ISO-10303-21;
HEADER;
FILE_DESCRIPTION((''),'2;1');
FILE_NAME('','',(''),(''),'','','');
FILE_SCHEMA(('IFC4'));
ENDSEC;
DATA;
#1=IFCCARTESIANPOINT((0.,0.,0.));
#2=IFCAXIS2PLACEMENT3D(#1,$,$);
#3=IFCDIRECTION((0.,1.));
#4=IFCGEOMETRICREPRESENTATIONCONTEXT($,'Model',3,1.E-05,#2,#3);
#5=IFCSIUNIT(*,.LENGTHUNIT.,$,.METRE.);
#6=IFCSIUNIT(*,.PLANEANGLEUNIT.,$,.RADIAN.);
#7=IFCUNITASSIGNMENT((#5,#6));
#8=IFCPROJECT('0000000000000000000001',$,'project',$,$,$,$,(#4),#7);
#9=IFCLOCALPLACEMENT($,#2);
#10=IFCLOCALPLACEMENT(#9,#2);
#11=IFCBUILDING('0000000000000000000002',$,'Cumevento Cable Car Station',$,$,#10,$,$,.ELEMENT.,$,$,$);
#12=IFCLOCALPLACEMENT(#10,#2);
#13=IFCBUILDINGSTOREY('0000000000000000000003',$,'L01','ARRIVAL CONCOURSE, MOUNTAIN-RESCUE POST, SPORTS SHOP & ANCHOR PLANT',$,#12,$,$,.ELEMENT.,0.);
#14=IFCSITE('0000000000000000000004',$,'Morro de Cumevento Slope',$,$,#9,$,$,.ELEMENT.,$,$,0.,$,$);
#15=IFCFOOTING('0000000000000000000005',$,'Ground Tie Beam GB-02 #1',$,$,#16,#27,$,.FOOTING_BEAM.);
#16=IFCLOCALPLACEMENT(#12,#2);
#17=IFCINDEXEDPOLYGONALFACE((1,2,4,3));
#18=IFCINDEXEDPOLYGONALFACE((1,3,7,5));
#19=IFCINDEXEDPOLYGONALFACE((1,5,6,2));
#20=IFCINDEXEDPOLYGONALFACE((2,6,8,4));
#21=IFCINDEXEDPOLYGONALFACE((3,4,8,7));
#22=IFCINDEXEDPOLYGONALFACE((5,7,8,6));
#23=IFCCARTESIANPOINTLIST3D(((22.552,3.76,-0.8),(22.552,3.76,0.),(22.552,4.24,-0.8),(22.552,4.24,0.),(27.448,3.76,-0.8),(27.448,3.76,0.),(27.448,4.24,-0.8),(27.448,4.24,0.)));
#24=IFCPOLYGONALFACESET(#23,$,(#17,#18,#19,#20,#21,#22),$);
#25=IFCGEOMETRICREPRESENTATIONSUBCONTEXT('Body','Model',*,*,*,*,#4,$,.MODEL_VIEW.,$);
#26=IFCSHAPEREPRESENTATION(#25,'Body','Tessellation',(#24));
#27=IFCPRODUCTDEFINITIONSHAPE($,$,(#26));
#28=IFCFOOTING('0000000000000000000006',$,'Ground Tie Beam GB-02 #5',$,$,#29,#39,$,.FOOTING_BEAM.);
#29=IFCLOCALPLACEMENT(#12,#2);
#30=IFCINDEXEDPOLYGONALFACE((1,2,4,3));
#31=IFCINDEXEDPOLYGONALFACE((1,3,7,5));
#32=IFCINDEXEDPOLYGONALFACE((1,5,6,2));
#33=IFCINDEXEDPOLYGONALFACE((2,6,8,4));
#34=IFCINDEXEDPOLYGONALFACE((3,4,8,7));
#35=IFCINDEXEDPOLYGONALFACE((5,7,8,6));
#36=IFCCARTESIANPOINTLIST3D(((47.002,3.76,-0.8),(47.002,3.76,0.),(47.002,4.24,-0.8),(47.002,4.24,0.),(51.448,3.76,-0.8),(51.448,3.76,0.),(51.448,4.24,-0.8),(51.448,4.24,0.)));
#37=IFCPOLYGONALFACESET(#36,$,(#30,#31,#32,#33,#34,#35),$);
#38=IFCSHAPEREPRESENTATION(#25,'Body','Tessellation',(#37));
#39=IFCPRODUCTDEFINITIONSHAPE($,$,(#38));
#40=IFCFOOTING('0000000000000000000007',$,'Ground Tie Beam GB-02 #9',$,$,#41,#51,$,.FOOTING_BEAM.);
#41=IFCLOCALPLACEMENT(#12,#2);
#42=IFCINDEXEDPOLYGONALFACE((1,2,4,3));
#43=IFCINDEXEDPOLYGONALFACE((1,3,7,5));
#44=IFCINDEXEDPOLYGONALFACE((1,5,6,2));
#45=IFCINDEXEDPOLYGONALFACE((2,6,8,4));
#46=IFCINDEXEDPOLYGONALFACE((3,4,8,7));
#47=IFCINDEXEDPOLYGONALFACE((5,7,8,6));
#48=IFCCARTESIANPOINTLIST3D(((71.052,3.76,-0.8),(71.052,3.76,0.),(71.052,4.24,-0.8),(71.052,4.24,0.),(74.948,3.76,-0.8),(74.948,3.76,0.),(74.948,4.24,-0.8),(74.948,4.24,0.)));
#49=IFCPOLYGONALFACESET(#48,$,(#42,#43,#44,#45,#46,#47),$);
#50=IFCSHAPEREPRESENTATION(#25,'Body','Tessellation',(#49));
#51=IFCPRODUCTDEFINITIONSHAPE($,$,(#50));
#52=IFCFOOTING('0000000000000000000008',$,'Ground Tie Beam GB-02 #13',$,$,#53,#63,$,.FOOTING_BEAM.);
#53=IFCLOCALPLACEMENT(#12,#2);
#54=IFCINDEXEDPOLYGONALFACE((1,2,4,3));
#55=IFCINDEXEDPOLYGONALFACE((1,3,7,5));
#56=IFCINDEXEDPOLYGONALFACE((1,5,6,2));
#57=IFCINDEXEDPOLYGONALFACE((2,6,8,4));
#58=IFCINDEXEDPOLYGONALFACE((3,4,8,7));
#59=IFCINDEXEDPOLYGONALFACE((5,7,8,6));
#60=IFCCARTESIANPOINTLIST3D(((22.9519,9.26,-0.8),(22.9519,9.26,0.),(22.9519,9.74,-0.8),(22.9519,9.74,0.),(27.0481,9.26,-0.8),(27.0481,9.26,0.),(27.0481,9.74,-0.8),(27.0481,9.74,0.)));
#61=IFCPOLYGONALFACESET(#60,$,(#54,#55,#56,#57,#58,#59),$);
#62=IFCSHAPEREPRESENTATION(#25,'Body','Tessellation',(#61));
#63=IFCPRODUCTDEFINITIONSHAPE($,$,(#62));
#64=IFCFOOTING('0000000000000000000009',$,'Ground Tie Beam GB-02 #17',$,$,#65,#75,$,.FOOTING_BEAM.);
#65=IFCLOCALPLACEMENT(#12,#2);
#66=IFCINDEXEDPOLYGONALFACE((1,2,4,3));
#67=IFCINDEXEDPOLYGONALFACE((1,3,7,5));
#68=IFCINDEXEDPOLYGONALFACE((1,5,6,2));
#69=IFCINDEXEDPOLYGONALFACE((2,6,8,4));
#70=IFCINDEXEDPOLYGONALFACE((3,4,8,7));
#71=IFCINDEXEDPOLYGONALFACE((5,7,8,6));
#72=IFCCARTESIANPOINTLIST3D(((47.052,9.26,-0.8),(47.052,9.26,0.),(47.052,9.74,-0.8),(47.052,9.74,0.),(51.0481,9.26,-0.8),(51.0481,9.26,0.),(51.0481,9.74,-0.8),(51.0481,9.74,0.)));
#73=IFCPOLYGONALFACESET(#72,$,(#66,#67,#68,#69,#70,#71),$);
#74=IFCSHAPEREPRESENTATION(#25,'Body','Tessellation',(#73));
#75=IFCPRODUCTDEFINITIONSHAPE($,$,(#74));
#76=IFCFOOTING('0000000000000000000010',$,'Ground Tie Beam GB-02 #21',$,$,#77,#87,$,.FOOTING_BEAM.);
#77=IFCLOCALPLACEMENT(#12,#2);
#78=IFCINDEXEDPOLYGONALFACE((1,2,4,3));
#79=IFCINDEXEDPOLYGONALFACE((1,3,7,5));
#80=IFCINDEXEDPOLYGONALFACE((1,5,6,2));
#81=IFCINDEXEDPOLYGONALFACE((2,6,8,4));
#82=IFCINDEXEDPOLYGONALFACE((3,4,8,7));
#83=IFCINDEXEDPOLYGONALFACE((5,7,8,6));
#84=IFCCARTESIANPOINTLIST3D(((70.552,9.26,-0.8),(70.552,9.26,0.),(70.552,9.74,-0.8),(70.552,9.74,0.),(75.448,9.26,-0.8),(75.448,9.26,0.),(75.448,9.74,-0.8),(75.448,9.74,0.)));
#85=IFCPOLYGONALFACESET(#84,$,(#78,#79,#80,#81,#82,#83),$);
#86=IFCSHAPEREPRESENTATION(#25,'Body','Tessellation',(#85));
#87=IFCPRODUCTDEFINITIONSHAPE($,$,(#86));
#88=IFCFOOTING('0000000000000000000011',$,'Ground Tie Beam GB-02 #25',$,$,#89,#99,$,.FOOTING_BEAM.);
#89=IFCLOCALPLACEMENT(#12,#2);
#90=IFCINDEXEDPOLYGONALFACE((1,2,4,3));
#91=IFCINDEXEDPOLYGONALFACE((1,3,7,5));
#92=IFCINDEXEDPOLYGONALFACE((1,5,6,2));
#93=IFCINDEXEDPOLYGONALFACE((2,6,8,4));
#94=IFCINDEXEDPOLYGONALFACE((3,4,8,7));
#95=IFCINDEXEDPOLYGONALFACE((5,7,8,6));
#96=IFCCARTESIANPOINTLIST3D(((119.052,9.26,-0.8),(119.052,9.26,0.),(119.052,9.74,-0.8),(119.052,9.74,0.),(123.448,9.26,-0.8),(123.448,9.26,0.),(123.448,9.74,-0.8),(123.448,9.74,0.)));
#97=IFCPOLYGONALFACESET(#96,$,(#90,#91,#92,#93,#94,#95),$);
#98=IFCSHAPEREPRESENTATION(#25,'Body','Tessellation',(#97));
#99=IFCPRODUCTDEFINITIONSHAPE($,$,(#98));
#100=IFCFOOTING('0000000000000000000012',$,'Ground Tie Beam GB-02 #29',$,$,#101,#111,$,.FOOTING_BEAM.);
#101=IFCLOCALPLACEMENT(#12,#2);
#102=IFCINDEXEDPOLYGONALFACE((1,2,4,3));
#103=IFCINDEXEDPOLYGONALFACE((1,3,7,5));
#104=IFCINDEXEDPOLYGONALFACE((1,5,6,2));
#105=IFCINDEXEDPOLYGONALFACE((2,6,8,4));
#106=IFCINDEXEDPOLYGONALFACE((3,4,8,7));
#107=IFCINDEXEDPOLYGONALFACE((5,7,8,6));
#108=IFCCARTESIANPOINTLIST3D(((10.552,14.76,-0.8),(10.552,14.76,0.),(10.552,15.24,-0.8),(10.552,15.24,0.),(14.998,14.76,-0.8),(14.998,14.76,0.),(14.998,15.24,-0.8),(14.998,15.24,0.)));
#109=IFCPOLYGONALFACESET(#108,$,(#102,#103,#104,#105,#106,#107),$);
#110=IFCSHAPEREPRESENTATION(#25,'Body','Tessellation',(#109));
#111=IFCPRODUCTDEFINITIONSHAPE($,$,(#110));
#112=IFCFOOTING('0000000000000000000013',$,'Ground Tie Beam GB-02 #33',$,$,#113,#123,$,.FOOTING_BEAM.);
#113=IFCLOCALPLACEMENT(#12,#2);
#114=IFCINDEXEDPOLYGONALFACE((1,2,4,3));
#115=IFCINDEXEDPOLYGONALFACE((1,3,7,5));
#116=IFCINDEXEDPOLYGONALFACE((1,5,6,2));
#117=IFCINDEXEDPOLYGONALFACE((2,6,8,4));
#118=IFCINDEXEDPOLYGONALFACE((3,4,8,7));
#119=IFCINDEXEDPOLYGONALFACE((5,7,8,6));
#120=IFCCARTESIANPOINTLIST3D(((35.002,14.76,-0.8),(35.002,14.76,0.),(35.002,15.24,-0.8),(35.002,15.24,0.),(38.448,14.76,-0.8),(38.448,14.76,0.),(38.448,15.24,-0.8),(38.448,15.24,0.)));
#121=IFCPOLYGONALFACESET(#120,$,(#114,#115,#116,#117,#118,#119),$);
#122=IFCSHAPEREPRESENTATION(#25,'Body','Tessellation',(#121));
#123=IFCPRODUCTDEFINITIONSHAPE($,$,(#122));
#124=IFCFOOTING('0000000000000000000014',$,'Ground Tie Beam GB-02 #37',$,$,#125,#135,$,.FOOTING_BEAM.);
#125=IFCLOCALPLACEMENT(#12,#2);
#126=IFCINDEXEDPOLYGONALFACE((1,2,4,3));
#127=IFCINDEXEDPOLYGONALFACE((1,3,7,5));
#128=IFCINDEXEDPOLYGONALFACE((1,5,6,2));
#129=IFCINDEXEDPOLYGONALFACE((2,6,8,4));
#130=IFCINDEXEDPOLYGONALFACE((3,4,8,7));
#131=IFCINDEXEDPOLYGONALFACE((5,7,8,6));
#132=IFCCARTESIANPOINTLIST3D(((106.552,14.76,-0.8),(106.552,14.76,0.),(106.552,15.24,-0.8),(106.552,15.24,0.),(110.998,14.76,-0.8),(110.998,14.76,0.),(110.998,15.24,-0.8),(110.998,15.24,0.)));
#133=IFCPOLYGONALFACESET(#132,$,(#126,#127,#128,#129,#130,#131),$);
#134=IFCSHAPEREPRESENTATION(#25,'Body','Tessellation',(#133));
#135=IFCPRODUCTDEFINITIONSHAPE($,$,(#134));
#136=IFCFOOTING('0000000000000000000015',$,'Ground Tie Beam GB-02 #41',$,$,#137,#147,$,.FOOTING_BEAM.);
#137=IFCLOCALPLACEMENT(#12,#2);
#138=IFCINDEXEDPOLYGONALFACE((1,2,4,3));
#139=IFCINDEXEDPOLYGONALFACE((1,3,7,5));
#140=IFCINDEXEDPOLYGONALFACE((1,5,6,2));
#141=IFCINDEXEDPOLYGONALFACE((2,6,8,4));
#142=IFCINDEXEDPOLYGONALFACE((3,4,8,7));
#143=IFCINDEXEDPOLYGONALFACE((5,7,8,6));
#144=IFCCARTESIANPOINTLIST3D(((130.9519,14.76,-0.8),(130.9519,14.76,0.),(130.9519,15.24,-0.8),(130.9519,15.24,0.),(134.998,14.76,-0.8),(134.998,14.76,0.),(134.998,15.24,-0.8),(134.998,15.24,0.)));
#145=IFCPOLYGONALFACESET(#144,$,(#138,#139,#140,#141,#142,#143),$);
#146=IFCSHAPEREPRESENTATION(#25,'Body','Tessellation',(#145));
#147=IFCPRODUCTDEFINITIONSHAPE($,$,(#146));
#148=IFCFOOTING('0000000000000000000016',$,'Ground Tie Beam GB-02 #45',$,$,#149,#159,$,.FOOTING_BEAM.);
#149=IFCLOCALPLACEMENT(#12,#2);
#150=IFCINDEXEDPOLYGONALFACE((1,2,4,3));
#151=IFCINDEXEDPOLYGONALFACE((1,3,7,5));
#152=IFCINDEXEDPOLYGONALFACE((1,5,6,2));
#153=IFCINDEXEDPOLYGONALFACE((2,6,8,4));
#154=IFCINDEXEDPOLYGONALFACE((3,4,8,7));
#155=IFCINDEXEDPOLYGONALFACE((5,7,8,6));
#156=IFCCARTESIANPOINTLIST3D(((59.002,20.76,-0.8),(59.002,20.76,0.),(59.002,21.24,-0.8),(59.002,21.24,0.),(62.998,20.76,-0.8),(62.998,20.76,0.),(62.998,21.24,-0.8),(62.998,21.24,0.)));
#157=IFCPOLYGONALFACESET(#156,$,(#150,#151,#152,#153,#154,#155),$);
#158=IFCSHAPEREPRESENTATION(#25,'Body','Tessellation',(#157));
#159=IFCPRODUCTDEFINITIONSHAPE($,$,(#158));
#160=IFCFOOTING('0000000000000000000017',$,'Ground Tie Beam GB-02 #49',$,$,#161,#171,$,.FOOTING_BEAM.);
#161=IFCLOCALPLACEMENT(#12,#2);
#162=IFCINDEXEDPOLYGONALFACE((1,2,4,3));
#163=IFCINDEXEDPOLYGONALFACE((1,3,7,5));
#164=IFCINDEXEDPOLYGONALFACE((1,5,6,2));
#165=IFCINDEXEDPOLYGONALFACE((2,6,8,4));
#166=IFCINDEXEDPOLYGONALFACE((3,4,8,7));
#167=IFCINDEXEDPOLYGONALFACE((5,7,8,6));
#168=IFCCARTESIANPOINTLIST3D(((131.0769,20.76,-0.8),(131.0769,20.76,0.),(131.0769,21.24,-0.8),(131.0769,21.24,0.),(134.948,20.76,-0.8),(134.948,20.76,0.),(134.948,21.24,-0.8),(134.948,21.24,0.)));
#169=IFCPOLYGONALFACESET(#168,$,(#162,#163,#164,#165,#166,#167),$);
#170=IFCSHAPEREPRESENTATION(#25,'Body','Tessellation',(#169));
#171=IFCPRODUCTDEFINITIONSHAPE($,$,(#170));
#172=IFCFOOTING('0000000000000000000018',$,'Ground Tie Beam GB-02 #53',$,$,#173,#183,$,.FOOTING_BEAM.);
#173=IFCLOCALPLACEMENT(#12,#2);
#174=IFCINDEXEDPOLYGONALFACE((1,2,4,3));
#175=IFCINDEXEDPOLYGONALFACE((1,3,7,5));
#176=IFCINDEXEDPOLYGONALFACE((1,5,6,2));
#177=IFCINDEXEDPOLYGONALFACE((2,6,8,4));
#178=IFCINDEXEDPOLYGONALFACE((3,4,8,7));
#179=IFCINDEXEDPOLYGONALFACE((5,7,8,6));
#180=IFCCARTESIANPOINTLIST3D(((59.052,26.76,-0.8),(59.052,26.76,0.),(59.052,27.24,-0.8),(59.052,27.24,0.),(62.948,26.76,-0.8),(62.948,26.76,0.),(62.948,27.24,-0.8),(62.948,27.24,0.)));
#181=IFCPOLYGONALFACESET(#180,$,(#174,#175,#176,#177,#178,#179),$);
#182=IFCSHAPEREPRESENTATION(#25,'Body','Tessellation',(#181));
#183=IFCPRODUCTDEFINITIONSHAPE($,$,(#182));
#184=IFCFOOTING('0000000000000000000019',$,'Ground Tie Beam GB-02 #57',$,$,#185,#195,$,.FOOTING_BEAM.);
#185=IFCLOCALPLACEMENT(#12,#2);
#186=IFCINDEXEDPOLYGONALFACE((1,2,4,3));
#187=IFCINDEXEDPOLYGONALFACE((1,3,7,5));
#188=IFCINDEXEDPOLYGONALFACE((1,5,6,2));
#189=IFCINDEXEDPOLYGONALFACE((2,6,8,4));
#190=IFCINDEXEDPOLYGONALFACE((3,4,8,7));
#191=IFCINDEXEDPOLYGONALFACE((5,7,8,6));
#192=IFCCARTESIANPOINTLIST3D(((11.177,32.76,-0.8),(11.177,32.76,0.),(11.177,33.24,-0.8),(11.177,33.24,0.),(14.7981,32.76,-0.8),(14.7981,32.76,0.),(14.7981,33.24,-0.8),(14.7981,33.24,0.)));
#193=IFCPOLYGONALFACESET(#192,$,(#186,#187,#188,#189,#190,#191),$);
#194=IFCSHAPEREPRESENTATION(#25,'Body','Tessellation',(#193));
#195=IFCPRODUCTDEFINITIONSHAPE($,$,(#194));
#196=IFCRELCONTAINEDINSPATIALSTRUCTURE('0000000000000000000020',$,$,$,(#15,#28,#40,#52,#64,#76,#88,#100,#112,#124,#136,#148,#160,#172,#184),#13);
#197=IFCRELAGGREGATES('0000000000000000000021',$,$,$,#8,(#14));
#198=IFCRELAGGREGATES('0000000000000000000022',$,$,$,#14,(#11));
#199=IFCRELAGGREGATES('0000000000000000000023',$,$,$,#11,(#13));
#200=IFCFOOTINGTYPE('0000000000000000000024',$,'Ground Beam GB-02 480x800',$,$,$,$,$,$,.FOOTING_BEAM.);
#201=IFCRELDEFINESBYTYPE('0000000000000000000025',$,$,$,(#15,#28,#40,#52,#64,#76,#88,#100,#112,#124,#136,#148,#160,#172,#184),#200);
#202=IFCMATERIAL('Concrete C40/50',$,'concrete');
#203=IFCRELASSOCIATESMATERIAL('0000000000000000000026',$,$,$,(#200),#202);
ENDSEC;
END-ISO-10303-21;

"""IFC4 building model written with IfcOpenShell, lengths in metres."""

from ifc_helpers import new_model, si_unit, direction, frame, origin, place, context, subcontext, project, spatial, polyline, outline, extrude, material, type_object, element, save


model = new_model("IFC4")

# Units and contexts
model_context = context("Model", 3, precision=1e-05, world=origin(), true_north=direction((0.0, 1.0)))
body_context = subcontext(model_context, "Body", "Model", "MODEL_VIEW")
ifc_project = project(units=[si_unit("LENGTHUNIT", "METRE"), si_unit("PLANEANGLEUNIT", "RADIAN")], contexts=[model_context])

# Site, building, storey
site_placement = place(None, origin())
site = spatial("IfcSite", under=ifc_project, at=site_placement, Name="Morro de Cumevento Slope", CompositionType="ELEMENT", RefElevation=0.0)
building_placement = place(site_placement, origin())
building = spatial("IfcBuilding", under=site, at=building_placement, Name="Cumevento Cable Car Station", CompositionType="ELEMENT")
storey_placement = place(building_placement, origin())
storey = spatial("IfcBuildingStorey", under=building, at=storey_placement, Name="L01", Description="ARRIVAL CONCOURSE, MOUNTAIN-RESCUE POST, SPORTS SHOP & ANCHOR PLANT", CompositionType="ELEMENT", Elevation=0.0)

# Footings
ifc_material_1 = material(Name="Concrete C40/50", Category="concrete")
footing_type_1 = type_object("IfcFootingType", Name="Ground Beam GB-02 480x800", PredefinedType="FOOTING_BEAM", material=ifc_material_1)
footing_1_placement = place(storey_placement, frame((0.0, 0.0, -0.8)))
element("IfcFooting", 1, at=footing_1_placement, inside=storey, type_object=footing_type_1, Name="Ground Tie Beam GB-02 #1", PredefinedType="FOOTING_BEAM", context=body_context, shape_type="SweptSolid", body=[
    extrude(outline(polyline([(22.552, 3.76), (27.448, 3.76), (27.448, 4.24), (22.552, 4.24), (22.552, 3.76)])), origin(), (0.0, 0.0, 1.0), 0.8),
])
footing_2_placement = place(storey_placement, frame((0.0, 0.0, -0.8)))
element("IfcFooting", 2, at=footing_2_placement, inside=storey, type_object=footing_type_1, Name="Ground Tie Beam GB-02 #5", PredefinedType="FOOTING_BEAM", context=body_context, shape_type="SweptSolid", body=[
    extrude(outline(polyline([(47.002, 3.76), (51.448, 3.76), (51.448, 4.24), (47.002, 4.24), (47.002, 3.76)])), origin(), (0.0, 0.0, 1.0), 0.8),
])
footing_3_placement = place(storey_placement, frame((0.0, 0.0, -0.8)))
element("IfcFooting", 3, at=footing_3_placement, inside=storey, type_object=footing_type_1, Name="Ground Tie Beam GB-02 #9", PredefinedType="FOOTING_BEAM", context=body_context, shape_type="SweptSolid", body=[
    extrude(outline(polyline([(71.052, 3.76), (74.948, 3.76), (74.948, 4.24), (71.052, 4.24), (71.052, 3.76)])), origin(), (0.0, 0.0, 1.0), 0.8),
])
footing_4_placement = place(storey_placement, frame((0.0, 0.0, -0.8)))
element("IfcFooting", 4, at=footing_4_placement, inside=storey, type_object=footing_type_1, Name="Ground Tie Beam GB-02 #13", PredefinedType="FOOTING_BEAM", context=body_context, shape_type="SweptSolid", body=[
    extrude(outline(polyline([(22.9519, 9.26), (27.0481, 9.26), (27.0481, 9.74), (22.9519, 9.74), (22.9519, 9.26)])), origin(), (0.0, 0.0, 1.0), 0.8),
])
footing_5_placement = place(storey_placement, frame((0.0, 0.0, -0.8)))
element("IfcFooting", 5, at=footing_5_placement, inside=storey, type_object=footing_type_1, Name="Ground Tie Beam GB-02 #17", PredefinedType="FOOTING_BEAM", context=body_context, shape_type="SweptSolid", body=[
    extrude(outline(polyline([(47.052, 9.26), (51.0481, 9.26), (51.0481, 9.74), (47.052, 9.74), (47.052, 9.26)])), origin(), (0.0, 0.0, 1.0), 0.8),
])
footing_6_placement = place(storey_placement, frame((0.0, 0.0, -0.8)))
element("IfcFooting", 6, at=footing_6_placement, inside=storey, type_object=footing_type_1, Name="Ground Tie Beam GB-02 #21", PredefinedType="FOOTING_BEAM", context=body_context, shape_type="SweptSolid", body=[
    extrude(outline(polyline([(70.552, 9.26), (75.448, 9.26), (75.448, 9.74), (70.552, 9.74), (70.552, 9.26)])), origin(), (0.0, 0.0, 1.0), 0.8),
])
footing_7_placement = place(storey_placement, frame((0.0, 0.0, -0.8)))
element("IfcFooting", 7, at=footing_7_placement, inside=storey, type_object=footing_type_1, Name="Ground Tie Beam GB-02 #25", PredefinedType="FOOTING_BEAM", context=body_context, shape_type="SweptSolid", body=[
    extrude(outline(polyline([(119.052, 9.26), (123.448, 9.26), (123.448, 9.74), (119.052, 9.74), (119.052, 9.26)])), origin(), (0.0, 0.0, 1.0), 0.8),
])
footing_8_placement = place(storey_placement, frame((0.0, 0.0, -0.8)))
element("IfcFooting", 8, at=footing_8_placement, inside=storey, type_object=footing_type_1, Name="Ground Tie Beam GB-02 #29", PredefinedType="FOOTING_BEAM", context=body_context, shape_type="SweptSolid", body=[
    extrude(outline(polyline([(10.552, 14.76), (14.998, 14.76), (14.998, 15.24), (10.552, 15.24), (10.552, 14.76)])), origin(), (0.0, 0.0, 1.0), 0.8),
])
footing_9_placement = place(storey_placement, frame((0.0, 0.0, -0.8)))
element("IfcFooting", 9, at=footing_9_placement, inside=storey, type_object=footing_type_1, Name="Ground Tie Beam GB-02 #33", PredefinedType="FOOTING_BEAM", context=body_context, shape_type="SweptSolid", body=[
    extrude(outline(polyline([(35.002, 14.76), (38.448, 14.76), (38.448, 15.24), (35.002, 15.24), (35.002, 14.76)])), origin(), (0.0, 0.0, 1.0), 0.8),
])
footing_10_placement = place(storey_placement, frame((0.0, 0.0, -0.8)))
element("IfcFooting", 10, at=footing_10_placement, inside=storey, type_object=footing_type_1, Name="Ground Tie Beam GB-02 #37", PredefinedType="FOOTING_BEAM", context=body_context, shape_type="SweptSolid", body=[
    extrude(outline(polyline([(106.552, 14.76), (110.998, 14.76), (110.998, 15.24), (106.552, 15.24), (106.552, 14.76)])), origin(), (0.0, 0.0, 1.0), 0.8),
])
footing_11_placement = place(storey_placement, frame((0.0, 0.0, -0.8)))
element("IfcFooting", 11, at=footing_11_placement, inside=storey, type_object=footing_type_1, Name="Ground Tie Beam GB-02 #41", PredefinedType="FOOTING_BEAM", context=body_context, shape_type="SweptSolid", body=[
    extrude(outline(polyline([(130.9519, 14.76), (134.998, 14.76), (134.998, 15.24), (130.9519, 15.24), (130.9519, 14.76)])), origin(), (0.0, 0.0, 1.0), 0.8),
])
footing_12_placement = place(storey_placement, frame((0.0, 0.0, -0.8)))
element("IfcFooting", 12, at=footing_12_placement, inside=storey, type_object=footing_type_1, Name="Ground Tie Beam GB-02 #45", PredefinedType="FOOTING_BEAM", context=body_context, shape_type="SweptSolid", body=[
    extrude(outline(polyline([(59.002, 20.76), (62.998, 20.76), (62.998, 21.24), (59.002, 21.24), (59.002, 20.76)])), origin(), (0.0, 0.0, 1.0), 0.8),
])
footing_13_placement = place(storey_placement, frame((0.0, 0.0, -0.8)))
element("IfcFooting", 13, at=footing_13_placement, inside=storey, type_object=footing_type_1, Name="Ground Tie Beam GB-02 #49", PredefinedType="FOOTING_BEAM", context=body_context, shape_type="SweptSolid", body=[
    extrude(outline(polyline([(131.0769, 20.76), (134.948, 20.76), (134.948, 21.24), (131.0769, 21.24), (131.0769, 20.76)])), origin(), (0.0, 0.0, 1.0), 0.8),
])
footing_14_placement = place(storey_placement, frame((0.0, 0.0, -0.8)))
element("IfcFooting", 14, at=footing_14_placement, inside=storey, type_object=footing_type_1, Name="Ground Tie Beam GB-02 #53", PredefinedType="FOOTING_BEAM", context=body_context, shape_type="SweptSolid", body=[
    extrude(outline(polyline([(59.052, 26.76), (62.948, 26.76), (62.948, 27.24), (59.052, 27.24), (59.052, 26.76)])), origin(), (0.0, 0.0, 1.0), 0.8),
])
footing_15_placement = place(storey_placement, frame((0.0, 0.0, -0.8)))
element("IfcFooting", 15, at=footing_15_placement, inside=storey, type_object=footing_type_1, Name="Ground Tie Beam GB-02 #57", PredefinedType="FOOTING_BEAM", context=body_context, shape_type="SweptSolid", body=[
    extrude(outline(polyline([(11.177, 32.76), (14.7981, 32.76), (14.7981, 33.24), (11.177, 33.24), (11.177, 32.76)])), origin(), (0.0, 0.0, 1.0), 0.8),
])

save(model, "model.ifc")
